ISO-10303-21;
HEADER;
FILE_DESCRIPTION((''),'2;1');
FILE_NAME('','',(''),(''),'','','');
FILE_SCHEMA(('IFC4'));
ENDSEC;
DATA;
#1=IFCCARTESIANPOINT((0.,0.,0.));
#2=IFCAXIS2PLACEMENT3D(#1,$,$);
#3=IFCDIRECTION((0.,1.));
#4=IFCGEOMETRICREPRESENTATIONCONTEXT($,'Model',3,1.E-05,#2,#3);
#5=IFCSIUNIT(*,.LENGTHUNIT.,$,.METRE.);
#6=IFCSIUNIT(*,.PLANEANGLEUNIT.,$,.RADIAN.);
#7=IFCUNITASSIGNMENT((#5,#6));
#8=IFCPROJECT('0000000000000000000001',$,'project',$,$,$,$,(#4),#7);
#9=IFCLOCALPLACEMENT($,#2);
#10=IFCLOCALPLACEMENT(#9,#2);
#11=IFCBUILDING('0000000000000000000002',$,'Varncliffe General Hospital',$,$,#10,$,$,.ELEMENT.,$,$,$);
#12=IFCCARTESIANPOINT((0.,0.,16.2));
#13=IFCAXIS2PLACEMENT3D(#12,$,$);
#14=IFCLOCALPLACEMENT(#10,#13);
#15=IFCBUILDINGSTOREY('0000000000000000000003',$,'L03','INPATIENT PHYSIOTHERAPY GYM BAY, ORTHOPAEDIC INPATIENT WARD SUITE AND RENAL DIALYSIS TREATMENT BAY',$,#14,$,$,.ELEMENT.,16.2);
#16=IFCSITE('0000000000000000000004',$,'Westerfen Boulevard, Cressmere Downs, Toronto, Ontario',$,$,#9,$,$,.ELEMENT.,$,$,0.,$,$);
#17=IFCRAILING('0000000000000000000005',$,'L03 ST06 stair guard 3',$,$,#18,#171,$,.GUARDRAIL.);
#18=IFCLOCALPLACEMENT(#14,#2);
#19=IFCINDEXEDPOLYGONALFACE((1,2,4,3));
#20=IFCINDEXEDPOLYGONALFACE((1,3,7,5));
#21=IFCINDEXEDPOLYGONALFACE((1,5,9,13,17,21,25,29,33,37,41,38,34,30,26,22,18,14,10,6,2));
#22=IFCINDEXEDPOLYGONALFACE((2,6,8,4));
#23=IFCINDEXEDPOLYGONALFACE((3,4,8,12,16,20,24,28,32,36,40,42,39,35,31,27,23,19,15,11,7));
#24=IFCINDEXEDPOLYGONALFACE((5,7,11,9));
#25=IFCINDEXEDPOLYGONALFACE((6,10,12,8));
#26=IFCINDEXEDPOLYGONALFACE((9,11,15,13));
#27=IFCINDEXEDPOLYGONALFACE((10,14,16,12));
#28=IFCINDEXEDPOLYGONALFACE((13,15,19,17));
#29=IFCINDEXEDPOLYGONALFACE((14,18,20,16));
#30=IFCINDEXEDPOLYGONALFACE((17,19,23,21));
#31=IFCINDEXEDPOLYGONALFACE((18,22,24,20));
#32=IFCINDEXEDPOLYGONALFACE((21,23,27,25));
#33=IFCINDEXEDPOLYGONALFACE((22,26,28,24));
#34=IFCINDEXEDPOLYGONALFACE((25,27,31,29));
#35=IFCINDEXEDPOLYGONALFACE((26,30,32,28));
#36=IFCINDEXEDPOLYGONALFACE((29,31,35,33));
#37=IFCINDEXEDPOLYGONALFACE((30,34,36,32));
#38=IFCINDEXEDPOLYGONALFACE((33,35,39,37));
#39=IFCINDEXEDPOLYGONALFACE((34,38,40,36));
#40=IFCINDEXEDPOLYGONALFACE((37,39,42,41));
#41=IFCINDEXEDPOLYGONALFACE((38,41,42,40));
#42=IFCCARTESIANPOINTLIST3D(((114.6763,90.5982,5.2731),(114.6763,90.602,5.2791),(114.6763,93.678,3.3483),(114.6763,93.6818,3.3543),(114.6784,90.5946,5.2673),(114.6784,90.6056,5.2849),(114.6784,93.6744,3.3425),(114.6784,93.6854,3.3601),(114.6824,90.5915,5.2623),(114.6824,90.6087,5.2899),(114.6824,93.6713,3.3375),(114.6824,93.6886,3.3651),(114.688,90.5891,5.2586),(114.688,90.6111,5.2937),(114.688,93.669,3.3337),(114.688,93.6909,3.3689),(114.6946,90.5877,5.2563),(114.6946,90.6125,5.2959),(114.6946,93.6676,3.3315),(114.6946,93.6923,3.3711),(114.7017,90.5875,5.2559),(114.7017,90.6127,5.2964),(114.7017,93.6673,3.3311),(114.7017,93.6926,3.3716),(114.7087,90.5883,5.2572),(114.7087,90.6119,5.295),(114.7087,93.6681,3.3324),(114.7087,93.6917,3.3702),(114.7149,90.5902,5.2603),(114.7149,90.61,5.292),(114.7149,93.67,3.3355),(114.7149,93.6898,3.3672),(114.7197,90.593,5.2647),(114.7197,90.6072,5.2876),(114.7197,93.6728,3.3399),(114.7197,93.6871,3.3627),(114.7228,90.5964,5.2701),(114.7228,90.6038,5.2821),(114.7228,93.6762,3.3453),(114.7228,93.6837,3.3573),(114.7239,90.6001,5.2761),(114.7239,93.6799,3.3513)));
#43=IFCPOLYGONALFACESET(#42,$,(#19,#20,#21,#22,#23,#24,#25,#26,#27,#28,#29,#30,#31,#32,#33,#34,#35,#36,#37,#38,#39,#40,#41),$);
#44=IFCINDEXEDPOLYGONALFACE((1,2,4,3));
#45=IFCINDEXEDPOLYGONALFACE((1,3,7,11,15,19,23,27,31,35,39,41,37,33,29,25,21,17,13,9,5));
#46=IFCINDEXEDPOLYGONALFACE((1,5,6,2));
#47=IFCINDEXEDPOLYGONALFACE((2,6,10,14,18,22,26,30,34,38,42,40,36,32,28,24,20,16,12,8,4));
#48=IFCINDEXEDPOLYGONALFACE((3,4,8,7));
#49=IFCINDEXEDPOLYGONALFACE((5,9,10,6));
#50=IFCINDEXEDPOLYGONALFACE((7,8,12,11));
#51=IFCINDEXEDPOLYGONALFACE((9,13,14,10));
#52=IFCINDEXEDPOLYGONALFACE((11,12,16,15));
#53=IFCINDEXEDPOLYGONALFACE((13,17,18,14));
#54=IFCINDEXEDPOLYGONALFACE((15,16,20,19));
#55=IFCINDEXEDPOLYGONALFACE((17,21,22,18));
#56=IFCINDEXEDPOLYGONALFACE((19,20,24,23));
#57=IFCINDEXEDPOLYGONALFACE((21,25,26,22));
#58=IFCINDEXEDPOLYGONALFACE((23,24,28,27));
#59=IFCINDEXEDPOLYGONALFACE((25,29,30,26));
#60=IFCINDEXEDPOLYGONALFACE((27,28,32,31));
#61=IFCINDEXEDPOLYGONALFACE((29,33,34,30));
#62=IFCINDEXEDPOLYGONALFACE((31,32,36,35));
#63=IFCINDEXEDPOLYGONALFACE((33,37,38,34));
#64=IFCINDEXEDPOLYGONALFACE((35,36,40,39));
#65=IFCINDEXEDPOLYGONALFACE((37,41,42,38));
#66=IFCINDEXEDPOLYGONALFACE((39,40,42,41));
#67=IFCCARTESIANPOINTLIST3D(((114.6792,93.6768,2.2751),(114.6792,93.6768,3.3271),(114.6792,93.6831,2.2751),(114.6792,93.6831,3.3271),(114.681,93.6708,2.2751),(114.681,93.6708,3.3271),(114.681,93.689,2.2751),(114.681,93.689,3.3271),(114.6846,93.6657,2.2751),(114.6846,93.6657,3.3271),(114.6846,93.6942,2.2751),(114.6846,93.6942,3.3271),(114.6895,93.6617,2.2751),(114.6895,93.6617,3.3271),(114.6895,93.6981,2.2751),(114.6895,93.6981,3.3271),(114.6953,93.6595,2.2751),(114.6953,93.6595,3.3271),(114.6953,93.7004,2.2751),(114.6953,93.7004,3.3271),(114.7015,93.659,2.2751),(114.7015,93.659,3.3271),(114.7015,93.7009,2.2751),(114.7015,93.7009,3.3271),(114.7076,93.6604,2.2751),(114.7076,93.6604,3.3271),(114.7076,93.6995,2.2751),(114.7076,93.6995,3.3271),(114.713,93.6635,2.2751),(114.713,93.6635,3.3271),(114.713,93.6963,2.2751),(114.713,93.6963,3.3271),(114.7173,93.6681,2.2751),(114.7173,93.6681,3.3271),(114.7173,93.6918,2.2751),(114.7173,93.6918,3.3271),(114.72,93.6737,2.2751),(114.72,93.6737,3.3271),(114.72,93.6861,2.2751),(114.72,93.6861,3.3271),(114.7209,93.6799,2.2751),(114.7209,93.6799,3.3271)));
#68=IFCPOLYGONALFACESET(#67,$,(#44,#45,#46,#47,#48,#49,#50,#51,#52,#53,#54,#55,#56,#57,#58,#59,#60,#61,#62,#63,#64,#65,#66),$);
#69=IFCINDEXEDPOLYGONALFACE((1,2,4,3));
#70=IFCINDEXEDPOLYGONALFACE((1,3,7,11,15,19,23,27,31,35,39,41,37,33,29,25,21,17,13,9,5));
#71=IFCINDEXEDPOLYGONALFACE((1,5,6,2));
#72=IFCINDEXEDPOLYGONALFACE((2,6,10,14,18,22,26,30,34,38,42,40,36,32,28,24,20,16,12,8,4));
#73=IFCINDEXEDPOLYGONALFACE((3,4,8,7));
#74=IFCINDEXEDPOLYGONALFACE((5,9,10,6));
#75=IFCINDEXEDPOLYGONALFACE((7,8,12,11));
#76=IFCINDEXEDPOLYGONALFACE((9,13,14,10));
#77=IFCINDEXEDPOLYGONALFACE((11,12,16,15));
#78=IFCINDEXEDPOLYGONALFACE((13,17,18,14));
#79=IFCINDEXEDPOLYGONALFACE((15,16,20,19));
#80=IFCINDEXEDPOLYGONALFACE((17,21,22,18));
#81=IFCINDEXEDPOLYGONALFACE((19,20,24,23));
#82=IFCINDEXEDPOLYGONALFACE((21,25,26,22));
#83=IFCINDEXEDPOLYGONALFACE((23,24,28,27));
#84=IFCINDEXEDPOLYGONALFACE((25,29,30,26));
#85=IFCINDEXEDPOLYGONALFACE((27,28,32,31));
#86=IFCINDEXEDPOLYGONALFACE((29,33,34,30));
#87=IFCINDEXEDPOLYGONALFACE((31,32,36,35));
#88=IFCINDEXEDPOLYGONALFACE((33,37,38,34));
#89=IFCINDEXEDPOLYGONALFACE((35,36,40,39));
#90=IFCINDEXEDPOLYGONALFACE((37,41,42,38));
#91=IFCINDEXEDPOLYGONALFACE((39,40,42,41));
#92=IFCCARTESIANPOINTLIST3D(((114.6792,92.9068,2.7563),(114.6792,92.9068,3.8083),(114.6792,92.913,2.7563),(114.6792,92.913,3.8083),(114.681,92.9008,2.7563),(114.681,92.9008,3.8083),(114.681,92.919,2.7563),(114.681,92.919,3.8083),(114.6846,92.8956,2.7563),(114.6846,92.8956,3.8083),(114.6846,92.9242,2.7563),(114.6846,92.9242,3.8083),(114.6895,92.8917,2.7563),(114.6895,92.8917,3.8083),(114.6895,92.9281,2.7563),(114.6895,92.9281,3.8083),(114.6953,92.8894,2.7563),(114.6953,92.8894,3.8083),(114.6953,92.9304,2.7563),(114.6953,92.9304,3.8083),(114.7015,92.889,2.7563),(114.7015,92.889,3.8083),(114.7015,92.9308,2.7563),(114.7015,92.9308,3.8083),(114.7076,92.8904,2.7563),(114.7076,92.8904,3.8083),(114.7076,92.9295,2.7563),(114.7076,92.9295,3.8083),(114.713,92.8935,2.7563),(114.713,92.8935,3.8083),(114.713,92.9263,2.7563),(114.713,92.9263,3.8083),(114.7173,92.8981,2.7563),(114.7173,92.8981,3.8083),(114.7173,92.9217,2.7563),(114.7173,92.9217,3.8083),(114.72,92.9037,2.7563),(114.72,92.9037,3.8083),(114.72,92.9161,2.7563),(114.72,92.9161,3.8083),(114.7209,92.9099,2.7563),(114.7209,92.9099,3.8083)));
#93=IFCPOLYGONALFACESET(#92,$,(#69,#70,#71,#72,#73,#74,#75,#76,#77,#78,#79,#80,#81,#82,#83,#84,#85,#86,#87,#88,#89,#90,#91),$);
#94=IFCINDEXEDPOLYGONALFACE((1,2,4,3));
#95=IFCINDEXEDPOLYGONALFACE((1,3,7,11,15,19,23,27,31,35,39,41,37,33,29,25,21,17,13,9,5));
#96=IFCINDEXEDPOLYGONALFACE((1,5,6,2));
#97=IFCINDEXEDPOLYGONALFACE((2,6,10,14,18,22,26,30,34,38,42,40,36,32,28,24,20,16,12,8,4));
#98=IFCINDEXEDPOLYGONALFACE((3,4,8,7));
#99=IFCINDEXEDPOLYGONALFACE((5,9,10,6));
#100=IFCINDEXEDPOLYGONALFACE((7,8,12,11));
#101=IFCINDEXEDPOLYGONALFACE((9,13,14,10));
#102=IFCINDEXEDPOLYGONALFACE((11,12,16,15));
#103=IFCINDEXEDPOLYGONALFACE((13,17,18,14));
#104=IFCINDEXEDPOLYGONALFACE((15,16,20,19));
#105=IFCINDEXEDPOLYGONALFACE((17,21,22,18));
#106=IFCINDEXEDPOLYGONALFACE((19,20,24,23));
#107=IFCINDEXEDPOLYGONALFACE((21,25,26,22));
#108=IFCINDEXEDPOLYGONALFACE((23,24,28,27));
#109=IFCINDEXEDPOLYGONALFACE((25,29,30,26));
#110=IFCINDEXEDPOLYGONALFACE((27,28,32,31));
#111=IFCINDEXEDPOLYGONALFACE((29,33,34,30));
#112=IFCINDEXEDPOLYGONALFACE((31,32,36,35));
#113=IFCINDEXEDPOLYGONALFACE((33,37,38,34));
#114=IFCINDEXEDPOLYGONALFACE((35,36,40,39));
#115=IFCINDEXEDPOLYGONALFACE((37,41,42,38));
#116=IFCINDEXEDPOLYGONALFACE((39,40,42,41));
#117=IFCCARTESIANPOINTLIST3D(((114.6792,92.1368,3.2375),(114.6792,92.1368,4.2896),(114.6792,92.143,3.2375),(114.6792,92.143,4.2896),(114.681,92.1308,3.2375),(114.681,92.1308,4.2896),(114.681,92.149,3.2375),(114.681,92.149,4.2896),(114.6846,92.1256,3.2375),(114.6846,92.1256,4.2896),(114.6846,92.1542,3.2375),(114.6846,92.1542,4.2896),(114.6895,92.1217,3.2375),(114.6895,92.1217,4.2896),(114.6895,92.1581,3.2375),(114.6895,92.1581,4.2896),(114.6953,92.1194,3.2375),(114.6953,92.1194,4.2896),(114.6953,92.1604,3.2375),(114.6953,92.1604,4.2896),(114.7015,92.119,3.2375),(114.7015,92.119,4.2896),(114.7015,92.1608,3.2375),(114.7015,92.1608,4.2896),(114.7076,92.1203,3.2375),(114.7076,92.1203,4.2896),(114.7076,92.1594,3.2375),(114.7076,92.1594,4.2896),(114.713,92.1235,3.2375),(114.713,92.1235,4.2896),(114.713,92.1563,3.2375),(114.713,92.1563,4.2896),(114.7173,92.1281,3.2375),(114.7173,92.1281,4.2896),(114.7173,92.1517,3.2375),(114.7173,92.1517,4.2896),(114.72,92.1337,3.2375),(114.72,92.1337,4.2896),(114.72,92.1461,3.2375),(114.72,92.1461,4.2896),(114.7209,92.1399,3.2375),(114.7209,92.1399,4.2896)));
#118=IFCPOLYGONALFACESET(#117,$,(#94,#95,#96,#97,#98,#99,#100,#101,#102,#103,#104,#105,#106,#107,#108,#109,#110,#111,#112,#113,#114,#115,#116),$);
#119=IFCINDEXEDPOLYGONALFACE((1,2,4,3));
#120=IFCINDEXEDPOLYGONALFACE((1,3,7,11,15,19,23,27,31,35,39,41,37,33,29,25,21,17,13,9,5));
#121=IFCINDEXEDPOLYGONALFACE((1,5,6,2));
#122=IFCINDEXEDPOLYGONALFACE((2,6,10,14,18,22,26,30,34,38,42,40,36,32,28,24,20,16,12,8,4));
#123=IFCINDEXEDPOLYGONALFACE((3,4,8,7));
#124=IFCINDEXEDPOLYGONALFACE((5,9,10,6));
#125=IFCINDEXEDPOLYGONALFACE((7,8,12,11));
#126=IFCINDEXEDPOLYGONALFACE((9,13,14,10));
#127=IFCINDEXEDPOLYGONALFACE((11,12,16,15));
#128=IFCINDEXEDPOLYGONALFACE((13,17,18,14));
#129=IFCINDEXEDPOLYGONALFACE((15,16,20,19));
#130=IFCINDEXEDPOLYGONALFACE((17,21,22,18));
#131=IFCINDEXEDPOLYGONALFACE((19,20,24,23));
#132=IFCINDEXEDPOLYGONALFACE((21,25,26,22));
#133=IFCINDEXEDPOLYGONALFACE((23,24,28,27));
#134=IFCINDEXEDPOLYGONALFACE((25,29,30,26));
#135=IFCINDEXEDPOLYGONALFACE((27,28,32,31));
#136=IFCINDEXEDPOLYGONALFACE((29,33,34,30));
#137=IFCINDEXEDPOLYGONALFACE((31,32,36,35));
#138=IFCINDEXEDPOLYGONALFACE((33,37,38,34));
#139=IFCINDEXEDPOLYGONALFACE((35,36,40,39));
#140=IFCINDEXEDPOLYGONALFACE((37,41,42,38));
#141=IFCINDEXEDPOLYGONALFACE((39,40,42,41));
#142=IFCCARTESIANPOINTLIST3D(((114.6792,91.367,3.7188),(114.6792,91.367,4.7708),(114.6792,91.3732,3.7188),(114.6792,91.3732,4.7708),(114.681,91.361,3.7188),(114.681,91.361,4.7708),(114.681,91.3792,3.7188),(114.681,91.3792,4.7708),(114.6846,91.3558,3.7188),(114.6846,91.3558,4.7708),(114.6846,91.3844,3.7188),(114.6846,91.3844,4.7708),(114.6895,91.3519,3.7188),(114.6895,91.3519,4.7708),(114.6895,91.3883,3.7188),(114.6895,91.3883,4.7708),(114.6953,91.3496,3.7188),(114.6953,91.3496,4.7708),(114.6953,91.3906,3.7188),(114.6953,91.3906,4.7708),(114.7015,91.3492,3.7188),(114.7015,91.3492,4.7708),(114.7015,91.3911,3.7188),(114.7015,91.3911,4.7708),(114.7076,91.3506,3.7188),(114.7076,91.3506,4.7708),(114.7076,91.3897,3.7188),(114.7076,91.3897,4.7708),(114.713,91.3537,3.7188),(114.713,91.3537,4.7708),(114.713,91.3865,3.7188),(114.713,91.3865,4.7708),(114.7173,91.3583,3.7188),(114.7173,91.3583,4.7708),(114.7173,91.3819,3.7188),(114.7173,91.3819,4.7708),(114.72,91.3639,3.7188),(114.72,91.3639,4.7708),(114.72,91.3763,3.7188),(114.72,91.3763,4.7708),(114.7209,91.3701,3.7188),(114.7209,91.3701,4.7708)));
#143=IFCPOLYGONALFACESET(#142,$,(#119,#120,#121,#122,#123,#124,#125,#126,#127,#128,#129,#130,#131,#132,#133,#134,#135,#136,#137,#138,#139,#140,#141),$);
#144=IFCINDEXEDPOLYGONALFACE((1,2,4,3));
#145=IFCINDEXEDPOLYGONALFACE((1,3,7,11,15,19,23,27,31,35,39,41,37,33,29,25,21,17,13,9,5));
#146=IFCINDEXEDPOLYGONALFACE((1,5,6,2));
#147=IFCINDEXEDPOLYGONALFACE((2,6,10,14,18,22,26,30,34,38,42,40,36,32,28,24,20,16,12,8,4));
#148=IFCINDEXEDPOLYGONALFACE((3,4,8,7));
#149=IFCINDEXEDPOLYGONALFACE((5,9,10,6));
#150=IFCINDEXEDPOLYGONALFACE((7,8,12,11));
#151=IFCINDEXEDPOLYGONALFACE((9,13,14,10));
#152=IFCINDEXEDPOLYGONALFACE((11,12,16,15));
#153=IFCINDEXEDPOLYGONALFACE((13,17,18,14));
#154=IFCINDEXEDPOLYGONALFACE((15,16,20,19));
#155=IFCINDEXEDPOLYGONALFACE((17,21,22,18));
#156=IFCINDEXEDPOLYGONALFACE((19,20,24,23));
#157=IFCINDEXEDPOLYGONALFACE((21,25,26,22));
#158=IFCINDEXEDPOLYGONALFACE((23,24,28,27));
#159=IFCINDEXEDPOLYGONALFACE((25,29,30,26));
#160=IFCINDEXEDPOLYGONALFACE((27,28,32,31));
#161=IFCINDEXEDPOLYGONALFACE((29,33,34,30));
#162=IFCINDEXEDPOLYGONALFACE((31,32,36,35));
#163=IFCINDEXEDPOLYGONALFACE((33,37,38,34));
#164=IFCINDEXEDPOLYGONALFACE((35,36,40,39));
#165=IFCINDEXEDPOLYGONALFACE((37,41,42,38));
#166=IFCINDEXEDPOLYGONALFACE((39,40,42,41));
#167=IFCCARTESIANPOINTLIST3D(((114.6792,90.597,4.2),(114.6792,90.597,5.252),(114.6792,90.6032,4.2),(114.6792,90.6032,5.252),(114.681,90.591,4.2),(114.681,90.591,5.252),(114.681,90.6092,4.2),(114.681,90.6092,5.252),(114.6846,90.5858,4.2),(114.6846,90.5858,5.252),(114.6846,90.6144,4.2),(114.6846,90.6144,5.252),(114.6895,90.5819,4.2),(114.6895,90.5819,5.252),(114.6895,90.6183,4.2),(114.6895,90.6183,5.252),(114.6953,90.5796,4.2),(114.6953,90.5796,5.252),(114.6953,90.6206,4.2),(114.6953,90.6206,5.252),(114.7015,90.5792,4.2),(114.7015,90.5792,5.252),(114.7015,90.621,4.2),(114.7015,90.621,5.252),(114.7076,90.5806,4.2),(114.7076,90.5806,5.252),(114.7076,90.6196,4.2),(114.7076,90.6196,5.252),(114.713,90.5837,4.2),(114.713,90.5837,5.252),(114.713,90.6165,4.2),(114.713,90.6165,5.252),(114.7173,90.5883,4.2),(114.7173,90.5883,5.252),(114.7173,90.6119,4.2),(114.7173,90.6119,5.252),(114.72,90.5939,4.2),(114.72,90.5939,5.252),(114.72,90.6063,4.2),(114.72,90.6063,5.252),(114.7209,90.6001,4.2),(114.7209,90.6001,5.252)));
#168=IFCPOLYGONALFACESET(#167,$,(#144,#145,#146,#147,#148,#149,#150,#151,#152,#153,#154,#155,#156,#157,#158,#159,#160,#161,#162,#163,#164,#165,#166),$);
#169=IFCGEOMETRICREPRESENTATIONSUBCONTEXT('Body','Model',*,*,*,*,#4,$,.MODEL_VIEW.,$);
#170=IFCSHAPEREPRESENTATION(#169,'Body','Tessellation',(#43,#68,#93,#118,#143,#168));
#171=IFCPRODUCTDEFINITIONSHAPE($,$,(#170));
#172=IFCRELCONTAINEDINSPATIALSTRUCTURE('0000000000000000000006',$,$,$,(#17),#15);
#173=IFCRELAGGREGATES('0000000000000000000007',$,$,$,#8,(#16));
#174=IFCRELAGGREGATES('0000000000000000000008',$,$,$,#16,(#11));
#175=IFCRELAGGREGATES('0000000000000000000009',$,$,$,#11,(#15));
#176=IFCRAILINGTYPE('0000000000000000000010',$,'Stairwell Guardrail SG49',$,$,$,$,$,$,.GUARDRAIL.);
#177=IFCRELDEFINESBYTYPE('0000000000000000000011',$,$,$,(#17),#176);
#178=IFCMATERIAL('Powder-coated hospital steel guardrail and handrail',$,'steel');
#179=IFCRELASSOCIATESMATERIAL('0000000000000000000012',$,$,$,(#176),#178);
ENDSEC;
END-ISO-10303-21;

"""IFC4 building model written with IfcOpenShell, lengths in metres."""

from ifc_helpers import new_model, si_unit, direction, frame, origin, origin_2d, place, context, subcontext, project, spatial, circle, extrude, material, type_object, element, save


model = new_model("IFC4")

# Units and contexts
model_context = context("Model", 3, precision=1e-05, world=origin(), true_north=direction((0.0, 1.0)))
body_context = subcontext(model_context, "Body", "Model", "MODEL_VIEW")
ifc_project = project(units=[si_unit("LENGTHUNIT", "METRE"), si_unit("PLANEANGLEUNIT", "RADIAN")], contexts=[model_context])

# Site, building, storey
site_placement = place(None, origin())
site = spatial("IfcSite", under=ifc_project, at=site_placement, Name="Westerfen Boulevard, Cressmere Downs, Toronto, Ontario", CompositionType="ELEMENT", RefElevation=0.0)
building_placement = place(site_placement, origin())
building = spatial("IfcBuilding", under=site, at=building_placement, Name="Varncliffe General Hospital", CompositionType="ELEMENT")
storey_placement = place(building_placement, frame((0.0, 0.0, 16.2)))
storey = spatial("IfcBuildingStorey", under=building, at=storey_placement, Name="L03", Description="INPATIENT PHYSIOTHERAPY GYM BAY, ORTHOPAEDIC INPATIENT WARD SUITE AND RENAL DIALYSIS TREATMENT BAY", CompositionType="ELEMENT", Elevation=16.2)

# Railing
ifc_material_1 = material(Name="Powder-coated hospital steel guardrail and handrail", Category="steel")
railing_type_1 = type_object("IfcRailingType", Name="Stairwell Guardrail SG49", PredefinedType="GUARDRAIL", material=ifc_material_1)
railing_1_placement = place(storey_placement, frame((114.7, 93.6799, 2.2751)))
element("IfcRailing", 1, at=railing_1_placement, inside=storey, type_object=railing_type_1, Name="L03 ST06 stair guard 3", PredefinedType="GUARDRAIL", context=body_context, shape_type="SweptSolid", body=[
    extrude(circle(Radius=0.0239, at=origin_2d()), frame((0.0, 0.0, 1.0762), z_axis=(0.0, -0.84801, 0.529981), x_axis=(1.0, 0.0, 0.0)), (0.0, 0.0, 1.0), 3.6318),
    extrude(circle(Radius=0.021, at=origin_2d()), origin(), (0.0, 0.0, 1.0), 1.052),
    extrude(circle(Radius=0.021, at=origin_2d()), frame((0.0, -0.77, 0.4812)), (0.0, 0.0, 1.0), 1.052),
    extrude(circle(Radius=0.021, at=origin_2d()), frame((0.0, -1.54, 0.9624)), (0.0, 0.0, 1.0), 1.052),
    extrude(circle(Radius=0.021, at=origin_2d()), frame((0.0, -2.3098, 1.4436)), (0.0, 0.0, 1.0), 1.052),
    extrude(circle(Radius=0.021, at=origin_2d()), frame((0.0, -3.0798, 1.9248)), (0.0, 0.0, 1.0), 1.052),
])

save(model, "model.ifc")
